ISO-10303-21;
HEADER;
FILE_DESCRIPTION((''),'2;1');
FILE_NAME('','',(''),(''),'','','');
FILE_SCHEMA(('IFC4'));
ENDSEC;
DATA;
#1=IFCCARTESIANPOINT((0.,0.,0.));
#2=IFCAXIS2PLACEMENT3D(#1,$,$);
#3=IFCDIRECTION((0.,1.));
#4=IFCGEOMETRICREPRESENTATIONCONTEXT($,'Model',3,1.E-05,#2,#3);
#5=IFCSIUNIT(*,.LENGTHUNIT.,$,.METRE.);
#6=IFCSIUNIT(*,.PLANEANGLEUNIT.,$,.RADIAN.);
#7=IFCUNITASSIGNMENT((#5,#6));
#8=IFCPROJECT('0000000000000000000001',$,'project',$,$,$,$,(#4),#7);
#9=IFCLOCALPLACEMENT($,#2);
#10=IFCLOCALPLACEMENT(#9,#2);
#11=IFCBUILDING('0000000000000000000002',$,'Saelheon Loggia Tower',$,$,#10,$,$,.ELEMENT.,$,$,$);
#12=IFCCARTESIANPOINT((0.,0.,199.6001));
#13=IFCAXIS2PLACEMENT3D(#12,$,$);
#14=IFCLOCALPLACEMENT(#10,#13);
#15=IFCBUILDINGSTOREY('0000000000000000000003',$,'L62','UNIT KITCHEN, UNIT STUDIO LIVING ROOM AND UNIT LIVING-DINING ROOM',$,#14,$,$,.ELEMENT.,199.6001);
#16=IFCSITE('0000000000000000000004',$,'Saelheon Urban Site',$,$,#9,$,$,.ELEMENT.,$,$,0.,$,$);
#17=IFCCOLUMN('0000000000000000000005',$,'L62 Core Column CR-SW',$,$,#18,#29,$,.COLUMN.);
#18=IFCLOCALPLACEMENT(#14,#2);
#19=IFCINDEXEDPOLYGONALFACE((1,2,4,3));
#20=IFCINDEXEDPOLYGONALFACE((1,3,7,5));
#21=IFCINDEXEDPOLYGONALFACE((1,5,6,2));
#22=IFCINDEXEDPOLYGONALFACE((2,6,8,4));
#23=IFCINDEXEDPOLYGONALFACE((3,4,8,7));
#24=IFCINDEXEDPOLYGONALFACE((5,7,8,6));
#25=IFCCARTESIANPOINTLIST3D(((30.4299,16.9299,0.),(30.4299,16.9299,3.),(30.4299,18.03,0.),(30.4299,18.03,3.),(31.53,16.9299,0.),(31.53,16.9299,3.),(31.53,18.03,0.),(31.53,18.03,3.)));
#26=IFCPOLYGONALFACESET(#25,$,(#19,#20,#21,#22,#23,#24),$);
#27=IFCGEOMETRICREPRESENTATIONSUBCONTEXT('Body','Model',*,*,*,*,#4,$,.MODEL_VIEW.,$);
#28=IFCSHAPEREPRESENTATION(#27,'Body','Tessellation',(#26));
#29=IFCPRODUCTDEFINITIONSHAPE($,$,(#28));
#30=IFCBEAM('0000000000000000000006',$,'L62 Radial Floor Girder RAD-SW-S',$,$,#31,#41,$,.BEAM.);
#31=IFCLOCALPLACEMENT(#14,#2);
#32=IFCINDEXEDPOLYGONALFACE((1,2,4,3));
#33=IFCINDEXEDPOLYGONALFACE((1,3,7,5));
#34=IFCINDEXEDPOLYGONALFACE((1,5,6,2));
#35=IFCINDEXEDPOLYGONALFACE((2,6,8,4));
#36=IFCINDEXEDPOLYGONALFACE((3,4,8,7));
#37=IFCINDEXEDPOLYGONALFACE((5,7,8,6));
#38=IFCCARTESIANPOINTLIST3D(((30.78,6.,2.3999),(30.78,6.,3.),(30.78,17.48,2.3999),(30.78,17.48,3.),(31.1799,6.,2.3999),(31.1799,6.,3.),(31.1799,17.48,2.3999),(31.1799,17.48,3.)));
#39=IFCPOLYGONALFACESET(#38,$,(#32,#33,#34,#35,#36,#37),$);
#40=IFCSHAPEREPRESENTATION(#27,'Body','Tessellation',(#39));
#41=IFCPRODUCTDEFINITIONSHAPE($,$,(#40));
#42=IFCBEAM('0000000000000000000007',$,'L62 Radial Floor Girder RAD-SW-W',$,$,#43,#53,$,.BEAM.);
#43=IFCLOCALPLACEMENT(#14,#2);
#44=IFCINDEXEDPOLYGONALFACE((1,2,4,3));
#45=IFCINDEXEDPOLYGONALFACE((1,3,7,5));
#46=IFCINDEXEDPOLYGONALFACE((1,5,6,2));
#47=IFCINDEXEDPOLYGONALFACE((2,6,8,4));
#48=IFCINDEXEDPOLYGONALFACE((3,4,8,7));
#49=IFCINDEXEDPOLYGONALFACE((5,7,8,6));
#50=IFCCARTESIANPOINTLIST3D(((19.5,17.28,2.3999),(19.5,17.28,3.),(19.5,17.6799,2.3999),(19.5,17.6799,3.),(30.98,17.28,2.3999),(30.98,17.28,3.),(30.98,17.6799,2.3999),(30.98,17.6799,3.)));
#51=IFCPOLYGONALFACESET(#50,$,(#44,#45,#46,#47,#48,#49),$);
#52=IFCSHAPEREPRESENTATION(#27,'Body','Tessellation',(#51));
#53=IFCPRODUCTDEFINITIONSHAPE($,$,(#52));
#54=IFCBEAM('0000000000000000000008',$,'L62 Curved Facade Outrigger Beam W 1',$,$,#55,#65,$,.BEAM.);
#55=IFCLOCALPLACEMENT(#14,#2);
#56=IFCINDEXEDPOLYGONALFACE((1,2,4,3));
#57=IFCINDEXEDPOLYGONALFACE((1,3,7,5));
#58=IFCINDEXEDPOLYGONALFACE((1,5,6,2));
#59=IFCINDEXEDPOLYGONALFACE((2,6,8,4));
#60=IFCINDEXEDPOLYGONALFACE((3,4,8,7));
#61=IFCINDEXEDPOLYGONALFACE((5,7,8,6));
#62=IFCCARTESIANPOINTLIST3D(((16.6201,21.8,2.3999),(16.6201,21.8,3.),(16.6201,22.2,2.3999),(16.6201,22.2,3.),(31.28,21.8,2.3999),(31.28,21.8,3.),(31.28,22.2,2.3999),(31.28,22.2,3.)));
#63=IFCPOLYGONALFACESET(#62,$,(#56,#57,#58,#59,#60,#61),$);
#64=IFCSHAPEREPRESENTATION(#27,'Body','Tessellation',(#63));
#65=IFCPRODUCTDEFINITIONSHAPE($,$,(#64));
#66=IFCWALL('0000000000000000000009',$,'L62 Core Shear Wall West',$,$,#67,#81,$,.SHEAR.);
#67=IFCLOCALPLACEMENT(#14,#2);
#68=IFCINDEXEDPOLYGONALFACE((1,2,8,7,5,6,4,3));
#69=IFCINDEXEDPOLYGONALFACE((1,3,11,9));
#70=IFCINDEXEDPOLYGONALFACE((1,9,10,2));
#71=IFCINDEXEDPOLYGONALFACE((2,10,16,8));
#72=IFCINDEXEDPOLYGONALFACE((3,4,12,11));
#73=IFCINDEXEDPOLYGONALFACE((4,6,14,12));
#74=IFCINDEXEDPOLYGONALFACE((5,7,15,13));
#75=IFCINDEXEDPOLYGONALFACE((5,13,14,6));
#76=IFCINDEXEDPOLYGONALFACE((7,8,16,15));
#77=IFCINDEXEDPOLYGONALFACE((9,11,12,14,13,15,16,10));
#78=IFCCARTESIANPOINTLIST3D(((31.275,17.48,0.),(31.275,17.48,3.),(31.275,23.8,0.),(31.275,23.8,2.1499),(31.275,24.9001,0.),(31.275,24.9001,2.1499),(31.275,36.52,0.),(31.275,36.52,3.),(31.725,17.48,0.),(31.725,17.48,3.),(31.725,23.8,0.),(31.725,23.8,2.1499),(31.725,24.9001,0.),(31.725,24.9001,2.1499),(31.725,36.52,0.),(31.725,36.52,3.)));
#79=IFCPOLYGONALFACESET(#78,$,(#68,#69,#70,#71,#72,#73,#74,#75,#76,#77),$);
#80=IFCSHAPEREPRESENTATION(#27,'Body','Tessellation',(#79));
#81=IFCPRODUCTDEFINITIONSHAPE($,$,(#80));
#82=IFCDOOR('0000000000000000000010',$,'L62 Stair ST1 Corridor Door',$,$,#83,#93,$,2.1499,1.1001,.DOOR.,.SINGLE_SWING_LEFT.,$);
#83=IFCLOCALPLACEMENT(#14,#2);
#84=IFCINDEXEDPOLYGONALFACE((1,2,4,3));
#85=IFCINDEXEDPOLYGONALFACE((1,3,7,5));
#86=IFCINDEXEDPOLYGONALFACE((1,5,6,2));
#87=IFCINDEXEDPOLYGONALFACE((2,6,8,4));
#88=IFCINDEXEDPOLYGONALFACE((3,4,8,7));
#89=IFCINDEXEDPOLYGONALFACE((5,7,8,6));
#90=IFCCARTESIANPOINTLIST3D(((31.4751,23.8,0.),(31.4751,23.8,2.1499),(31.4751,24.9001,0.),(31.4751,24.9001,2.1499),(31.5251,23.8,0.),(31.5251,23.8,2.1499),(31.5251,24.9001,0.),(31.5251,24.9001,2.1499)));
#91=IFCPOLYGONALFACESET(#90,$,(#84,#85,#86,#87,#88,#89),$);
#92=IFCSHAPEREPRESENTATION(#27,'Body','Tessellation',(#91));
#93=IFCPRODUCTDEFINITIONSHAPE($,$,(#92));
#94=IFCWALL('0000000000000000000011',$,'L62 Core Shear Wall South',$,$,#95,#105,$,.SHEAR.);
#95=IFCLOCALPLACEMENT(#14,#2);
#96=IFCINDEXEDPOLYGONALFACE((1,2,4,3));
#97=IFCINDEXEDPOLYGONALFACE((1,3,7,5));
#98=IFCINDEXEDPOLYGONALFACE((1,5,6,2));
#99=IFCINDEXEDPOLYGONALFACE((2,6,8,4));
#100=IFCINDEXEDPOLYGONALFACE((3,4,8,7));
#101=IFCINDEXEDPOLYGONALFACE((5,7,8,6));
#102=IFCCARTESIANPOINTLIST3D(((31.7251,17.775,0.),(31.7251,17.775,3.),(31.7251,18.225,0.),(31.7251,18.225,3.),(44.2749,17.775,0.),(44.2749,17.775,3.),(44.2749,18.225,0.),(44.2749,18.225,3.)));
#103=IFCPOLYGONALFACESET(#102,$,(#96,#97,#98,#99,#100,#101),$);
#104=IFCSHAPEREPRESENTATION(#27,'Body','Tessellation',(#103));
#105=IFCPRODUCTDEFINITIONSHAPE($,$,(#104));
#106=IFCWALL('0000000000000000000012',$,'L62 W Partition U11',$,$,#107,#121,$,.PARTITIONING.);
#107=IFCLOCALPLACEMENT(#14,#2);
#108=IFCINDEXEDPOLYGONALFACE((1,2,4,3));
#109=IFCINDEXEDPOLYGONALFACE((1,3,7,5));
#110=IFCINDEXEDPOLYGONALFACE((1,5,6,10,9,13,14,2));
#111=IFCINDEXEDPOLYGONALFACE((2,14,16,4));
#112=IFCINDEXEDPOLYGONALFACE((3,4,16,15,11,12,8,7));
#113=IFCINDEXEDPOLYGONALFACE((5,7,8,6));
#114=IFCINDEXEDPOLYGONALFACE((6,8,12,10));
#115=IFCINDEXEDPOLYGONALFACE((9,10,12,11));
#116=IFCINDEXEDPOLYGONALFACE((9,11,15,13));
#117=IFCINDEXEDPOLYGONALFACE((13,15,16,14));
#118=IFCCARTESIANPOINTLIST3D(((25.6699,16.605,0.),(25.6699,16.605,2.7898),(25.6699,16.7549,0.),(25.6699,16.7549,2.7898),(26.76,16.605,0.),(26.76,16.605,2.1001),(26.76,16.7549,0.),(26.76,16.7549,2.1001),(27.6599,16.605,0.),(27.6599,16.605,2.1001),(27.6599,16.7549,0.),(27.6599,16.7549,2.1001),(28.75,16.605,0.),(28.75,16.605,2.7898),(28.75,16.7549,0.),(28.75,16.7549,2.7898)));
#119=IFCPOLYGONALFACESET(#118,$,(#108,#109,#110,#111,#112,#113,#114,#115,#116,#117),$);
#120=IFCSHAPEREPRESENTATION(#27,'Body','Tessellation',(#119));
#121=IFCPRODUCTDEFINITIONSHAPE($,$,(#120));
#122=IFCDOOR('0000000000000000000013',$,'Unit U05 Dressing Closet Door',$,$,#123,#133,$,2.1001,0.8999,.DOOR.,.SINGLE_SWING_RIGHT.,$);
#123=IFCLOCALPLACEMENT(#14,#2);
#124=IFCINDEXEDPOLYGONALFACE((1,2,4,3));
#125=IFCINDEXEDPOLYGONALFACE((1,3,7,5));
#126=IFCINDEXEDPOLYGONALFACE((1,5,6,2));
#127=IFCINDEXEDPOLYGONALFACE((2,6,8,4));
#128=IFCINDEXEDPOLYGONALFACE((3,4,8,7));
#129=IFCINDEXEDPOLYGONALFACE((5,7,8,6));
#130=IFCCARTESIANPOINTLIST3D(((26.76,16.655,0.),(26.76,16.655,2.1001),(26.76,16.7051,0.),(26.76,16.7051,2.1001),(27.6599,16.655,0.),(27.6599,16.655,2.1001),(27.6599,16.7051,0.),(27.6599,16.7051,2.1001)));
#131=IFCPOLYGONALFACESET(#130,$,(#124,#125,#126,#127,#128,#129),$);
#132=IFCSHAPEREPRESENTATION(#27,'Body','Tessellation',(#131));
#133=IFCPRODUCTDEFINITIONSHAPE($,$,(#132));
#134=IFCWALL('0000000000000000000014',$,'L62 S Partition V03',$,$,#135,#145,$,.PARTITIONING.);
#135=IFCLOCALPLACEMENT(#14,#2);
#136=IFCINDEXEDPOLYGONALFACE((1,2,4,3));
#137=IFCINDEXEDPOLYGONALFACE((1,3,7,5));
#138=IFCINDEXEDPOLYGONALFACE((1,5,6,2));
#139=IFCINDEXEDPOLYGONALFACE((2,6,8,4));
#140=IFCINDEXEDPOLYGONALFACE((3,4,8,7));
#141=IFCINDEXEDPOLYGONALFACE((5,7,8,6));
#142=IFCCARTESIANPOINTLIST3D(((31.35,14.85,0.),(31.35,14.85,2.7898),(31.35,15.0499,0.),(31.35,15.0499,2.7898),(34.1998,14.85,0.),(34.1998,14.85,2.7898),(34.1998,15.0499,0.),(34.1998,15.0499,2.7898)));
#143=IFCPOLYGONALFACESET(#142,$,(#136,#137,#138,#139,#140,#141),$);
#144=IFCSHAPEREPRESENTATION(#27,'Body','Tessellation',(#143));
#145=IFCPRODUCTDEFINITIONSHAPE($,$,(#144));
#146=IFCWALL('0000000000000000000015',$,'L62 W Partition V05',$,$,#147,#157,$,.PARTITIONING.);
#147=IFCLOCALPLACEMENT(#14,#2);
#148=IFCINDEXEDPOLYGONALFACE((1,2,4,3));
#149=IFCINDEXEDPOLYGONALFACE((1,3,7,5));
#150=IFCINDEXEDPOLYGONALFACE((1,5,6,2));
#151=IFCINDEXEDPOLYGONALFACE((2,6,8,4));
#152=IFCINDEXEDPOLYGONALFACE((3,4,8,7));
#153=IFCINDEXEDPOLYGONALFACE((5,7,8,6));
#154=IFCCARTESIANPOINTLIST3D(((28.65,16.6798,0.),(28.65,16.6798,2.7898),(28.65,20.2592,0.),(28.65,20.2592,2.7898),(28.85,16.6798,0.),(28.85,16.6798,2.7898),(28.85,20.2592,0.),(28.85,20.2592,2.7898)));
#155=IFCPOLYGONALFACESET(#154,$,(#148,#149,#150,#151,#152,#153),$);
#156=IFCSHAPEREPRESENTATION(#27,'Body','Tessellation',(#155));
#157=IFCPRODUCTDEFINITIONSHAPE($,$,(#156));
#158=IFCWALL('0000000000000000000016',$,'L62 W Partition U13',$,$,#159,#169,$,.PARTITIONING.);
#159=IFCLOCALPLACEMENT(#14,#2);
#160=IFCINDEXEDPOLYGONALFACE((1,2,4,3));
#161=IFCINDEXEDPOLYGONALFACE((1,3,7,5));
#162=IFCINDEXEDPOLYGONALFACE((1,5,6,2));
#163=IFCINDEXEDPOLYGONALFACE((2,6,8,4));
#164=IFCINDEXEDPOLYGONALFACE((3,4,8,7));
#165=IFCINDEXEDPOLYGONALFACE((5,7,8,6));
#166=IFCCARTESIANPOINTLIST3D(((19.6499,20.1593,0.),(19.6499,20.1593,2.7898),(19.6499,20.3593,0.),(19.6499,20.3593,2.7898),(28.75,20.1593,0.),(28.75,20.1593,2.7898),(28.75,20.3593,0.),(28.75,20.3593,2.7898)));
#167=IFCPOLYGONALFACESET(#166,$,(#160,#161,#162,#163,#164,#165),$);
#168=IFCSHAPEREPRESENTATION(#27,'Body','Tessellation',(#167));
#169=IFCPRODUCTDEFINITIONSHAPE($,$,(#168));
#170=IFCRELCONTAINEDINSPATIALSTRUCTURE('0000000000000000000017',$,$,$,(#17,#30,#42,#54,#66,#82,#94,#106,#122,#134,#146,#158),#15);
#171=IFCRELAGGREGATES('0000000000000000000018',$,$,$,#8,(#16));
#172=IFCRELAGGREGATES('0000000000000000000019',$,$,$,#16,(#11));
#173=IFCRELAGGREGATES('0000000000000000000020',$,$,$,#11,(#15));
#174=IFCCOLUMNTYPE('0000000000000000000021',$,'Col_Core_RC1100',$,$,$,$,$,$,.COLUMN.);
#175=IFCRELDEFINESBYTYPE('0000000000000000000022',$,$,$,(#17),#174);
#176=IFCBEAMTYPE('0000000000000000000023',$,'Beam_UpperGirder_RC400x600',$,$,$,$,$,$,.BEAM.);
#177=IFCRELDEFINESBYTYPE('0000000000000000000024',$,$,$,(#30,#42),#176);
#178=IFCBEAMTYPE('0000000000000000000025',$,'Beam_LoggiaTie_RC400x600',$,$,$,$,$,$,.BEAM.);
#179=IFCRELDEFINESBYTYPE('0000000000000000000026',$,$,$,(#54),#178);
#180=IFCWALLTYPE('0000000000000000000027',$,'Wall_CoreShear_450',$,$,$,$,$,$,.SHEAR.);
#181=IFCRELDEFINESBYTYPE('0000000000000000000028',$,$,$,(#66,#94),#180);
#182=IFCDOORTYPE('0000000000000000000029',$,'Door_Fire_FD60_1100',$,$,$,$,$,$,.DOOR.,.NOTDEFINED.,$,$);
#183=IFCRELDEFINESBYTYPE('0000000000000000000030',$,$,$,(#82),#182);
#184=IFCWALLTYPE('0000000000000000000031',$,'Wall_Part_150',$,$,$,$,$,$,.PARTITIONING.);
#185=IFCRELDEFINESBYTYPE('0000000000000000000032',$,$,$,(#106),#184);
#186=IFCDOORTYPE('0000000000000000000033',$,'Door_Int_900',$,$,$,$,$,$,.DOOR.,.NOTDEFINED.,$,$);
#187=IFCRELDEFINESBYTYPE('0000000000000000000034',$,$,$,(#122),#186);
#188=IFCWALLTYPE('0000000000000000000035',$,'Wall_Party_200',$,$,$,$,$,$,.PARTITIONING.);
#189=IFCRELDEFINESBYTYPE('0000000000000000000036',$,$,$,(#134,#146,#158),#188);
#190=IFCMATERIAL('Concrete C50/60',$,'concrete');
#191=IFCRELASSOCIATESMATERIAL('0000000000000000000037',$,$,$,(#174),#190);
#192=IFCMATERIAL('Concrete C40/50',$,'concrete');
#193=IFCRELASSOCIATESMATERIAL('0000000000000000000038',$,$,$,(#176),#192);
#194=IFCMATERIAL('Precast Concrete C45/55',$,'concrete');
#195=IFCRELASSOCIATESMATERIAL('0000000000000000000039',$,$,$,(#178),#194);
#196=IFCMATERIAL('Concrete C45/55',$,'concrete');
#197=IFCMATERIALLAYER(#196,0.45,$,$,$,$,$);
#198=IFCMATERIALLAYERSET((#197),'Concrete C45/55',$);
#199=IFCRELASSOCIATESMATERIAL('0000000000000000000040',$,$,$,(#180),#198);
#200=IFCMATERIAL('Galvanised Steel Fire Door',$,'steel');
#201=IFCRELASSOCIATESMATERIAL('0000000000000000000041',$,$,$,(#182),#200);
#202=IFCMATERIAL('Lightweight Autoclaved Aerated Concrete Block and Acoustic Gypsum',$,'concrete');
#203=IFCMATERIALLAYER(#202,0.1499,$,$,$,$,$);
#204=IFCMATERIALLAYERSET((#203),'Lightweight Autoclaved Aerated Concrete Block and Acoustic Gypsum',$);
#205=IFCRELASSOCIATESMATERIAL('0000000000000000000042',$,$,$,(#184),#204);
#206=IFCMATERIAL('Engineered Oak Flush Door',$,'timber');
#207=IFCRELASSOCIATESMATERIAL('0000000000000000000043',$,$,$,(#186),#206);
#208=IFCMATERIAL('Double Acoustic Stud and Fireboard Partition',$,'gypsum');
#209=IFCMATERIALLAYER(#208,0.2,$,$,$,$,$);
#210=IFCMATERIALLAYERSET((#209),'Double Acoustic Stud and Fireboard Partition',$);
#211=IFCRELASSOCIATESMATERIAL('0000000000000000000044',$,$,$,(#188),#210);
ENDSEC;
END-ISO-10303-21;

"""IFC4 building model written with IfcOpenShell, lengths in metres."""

from ifc_helpers import new_model, si_unit, direction, frame, frame_2d, origin, origin_2d, place, context, subcontext, project, spatial, rectangle, extrude, source, transform, mapped, material, layer, layer_set, material_profile, profile_set, type_object, element, fill, save


model = new_model("IFC4")

# Units and contexts
model_context = context("Model", 3, precision=1e-05, world=origin(), true_north=direction((0.0, 1.0)))
body_context = subcontext(model_context, "Body", "Model", "MODEL_VIEW")
ifc_project = project(units=[si_unit("LENGTHUNIT", "METRE"), si_unit("PLANEANGLEUNIT", "RADIAN")], contexts=[model_context])

# Site, building, storey
site_placement = place(None, origin())
site = spatial("IfcSite", under=ifc_project, at=site_placement, Name="Saelheon Urban Site", CompositionType="ELEMENT", RefElevation=0.0)
building_placement = place(site_placement, origin())
building = spatial("IfcBuilding", under=site, at=building_placement, Name="Saelheon Loggia Tower", CompositionType="ELEMENT")
storey_placement = place(building_placement, frame((0.0, 0.0, 199.6001)))
storey = spatial("IfcBuildingStorey", under=building, at=storey_placement, Name="L62", Description="UNIT KITCHEN, UNIT STUDIO LIVING ROOM AND UNIT LIVING-DINING ROOM", CompositionType="ELEMENT", Elevation=199.6001)

# Column
ifc_material_1 = material(Name="Concrete C50/60", Category="concrete")
ifc_material_profile_1 = material_profile(ifc_material_1, rectangle(XDim=1.1001, YDim=1.1001, at=origin_2d()), Name="RC-1100x1100")
ifc_profile_set_1 = profile_set([ifc_material_profile_1], Name="Concrete C50/60")
column_type = type_object("IfcColumnType", Name="Col_Core_RC1100", PredefinedType="COLUMN", material=ifc_profile_set_1)
shared_shape_1 = source(origin(), body_context, "Body", "SweptSolid", [
    extrude(rectangle(XDim=1.1001, YDim=1.1001, at=origin_2d()), origin(), (0.0, 0.0, 1.0), 3.0),
])
column_placement = place(storey_placement, frame((30.98, 17.48, 0.0), z_axis=(0.0, 0.0, 1.0), x_axis=(1.0, 0.0, 0.0)))
element("IfcColumn", 1, at=column_placement, inside=storey, type_object=column_type, Name="L62 Core Column CR-SW", PredefinedType="COLUMN", context=body_context, shape_type="MappedRepresentation", body=[
    mapped(shared_shape_1, transform((0.0, 0.0, 0.0), scale=1.0)),
])

# Beams
ifc_material_2 = material(Name="Concrete C40/50", Category="concrete")
ifc_material_profile_2 = material_profile(ifc_material_2, rectangle(XDim=0.3999, YDim=0.6001, at=origin_2d()), Name="RC-400x600")
ifc_profile_set_2 = profile_set([ifc_material_profile_2], Name="Concrete C40/50")
beam_type_1 = type_object("IfcBeamType", Name="Beam_UpperGirder_RC400x600", PredefinedType="BEAM", material=ifc_profile_set_2)
shared_shape_2 = source(origin(), body_context, "Body", "SweptSolid", [
    extrude(rectangle(XDim=0.3999, YDim=0.6001, at=origin_2d()), origin(), (0.0, 0.0, 1.0), 11.48),
])
for number, where, z_axis, x_axis, name in (
    (2, (30.98, 17.48, 2.7), (0.0, -1.0, 0.0), (1.0, 0.0, 0.0), "L62 Radial Floor Girder RAD-SW-S"),
    (3, (30.98, 17.48, 2.7), (-1.0, 0.0, 0.0), (0.0, -1.0, 0.0), "L62 Radial Floor Girder RAD-SW-W"),
):
    element("IfcBeam", number, at=place(storey_placement, frame(where, z_axis=z_axis, x_axis=x_axis)), inside=storey, type_object=beam_type_1, Name=name, PredefinedType="BEAM", context=body_context, shape_type="MappedRepresentation", body=[
        mapped(shared_shape_2, transform((0.0, 0.0, 0.0), scale=1.0)),
    ])
ifc_material_3 = material(Name="Precast Concrete C45/55", Category="concrete")
ifc_material_profile_3 = material_profile(ifc_material_3, rectangle(XDim=0.3999, YDim=0.6001, at=origin_2d()), Name="RC-400x600")
ifc_profile_set_3 = profile_set([ifc_material_profile_3], Name="Precast Concrete C45/55")
beam_type_2 = type_object("IfcBeamType", Name="Beam_LoggiaTie_RC400x600", PredefinedType="BEAM", material=ifc_profile_set_3)
shared_shape_3 = source(origin(), body_context, "Body", "SweptSolid", [
    extrude(rectangle(XDim=0.3999, YDim=0.6001, at=origin_2d()), origin(), (0.0, 0.0, 1.0), 14.6599),
])
beam_placement = place(storey_placement, frame((31.28, 22.0, 2.7), z_axis=(-1.0, 0.0, 0.0), x_axis=(0.0, -1.0, 0.0)))
element("IfcBeam", 4, at=beam_placement, inside=storey, type_object=beam_type_2, Name="L62 Curved Facade Outrigger Beam W 1", PredefinedType="BEAM", context=body_context, shape_type="MappedRepresentation", body=[
    mapped(shared_shape_3, transform((0.0, 0.0, 0.0), scale=1.0)),
])

# Wall, opening, door
ifc_material_4 = material(Name="Concrete C45/55", Category="concrete")
ifc_layer_1 = layer(ifc_material_4, 0.45)
ifc_layer_set_1 = layer_set([ifc_layer_1], Name="Concrete C45/55")
wall_type_1 = type_object("IfcWallType", Name="Wall_CoreShear_450", PredefinedType="SHEAR", material=ifc_layer_set_1)
wall_1_placement = place(storey_placement, frame((31.5, 17.48, 0.0), z_axis=(0.0, 0.0, 1.0), x_axis=(0.0, 1.0, 0.0)))
wall_1 = element("IfcWall", 5, at=wall_1_placement, inside=storey, type_object=wall_type_1, Name="L62 Core Shear Wall West", PredefinedType="SHEAR", context=body_context, shape_type="SweptSolid", body=[
    extrude(rectangle(XDim=19.04, YDim=0.45, at=frame_2d((9.52, 0.0))), origin(), (0.0, 0.0, 1.0), 3.0),
])
opening_1_placement = place(wall_1_placement, frame((6.3201, 0.0, 0.0)))
opening_1 = element("IfcOpeningElement", 6, at=opening_1_placement, cuts=wall_1, PredefinedType="OPENING", context=body_context, shape_type="SweptSolid", body=[
    extrude(rectangle(XDim=1.1001, YDim=2.1499, at=frame_2d((0.55, 1.075))), frame((0.0, 0.2371, 0.0), z_axis=(0.0, -1.0, 0.0), x_axis=(1.0, 0.0, 0.0)), (0.0, 0.0, 1.0), 0.4739),
])
ifc_material_5 = material(Name="Galvanised Steel Fire Door", Category="steel")
door_type_1 = type_object("IfcDoorType", Name="Door_Fire_FD60_1100", OperationType="NOTDEFINED", PredefinedType="DOOR", material=ifc_material_5)
shared_shape_4 = source(origin(), body_context, "Body", "SweptSolid", [
    extrude(rectangle(XDim=1.1001, YDim=2.1499, at=frame_2d((0.55, 1.075))), frame((0.0, 0.0249, 0.0), z_axis=(0.0, -1.0, 0.0), x_axis=(1.0, 0.0, 0.0)), (0.0, 0.0, 1.0), 0.05),
])
door_1_placement = place(opening_1_placement, origin())
door_1 = element("IfcDoor", 7, at=door_1_placement, inside=storey, type_object=door_type_1, Name="L62 Stair ST1 Corridor Door", OperationType="SINGLE_SWING_LEFT", OverallHeight=2.1499, OverallWidth=1.1001, PredefinedType="DOOR", context=body_context, shape_type="MappedRepresentation", body=[
    mapped(shared_shape_4, transform((0.0, 0.0, 0.0), scale=1.0)),
])
fill(opening_1, door_1)

# Wall
wall_2_placement = place(storey_placement, frame((31.7251, 18.0, 0.0), z_axis=(0.0, 0.0, 1.0), x_axis=(1.0, 0.0, 0.0)))
element("IfcWall", 8, at=wall_2_placement, inside=storey, type_object=wall_type_1, Name="L62 Core Shear Wall South", PredefinedType="SHEAR", context=body_context, shape_type="SweptSolid", body=[
    extrude(rectangle(XDim=12.5498, YDim=0.45, at=frame_2d((6.2749, 0.0))), origin(), (0.0, 0.0, 1.0), 3.0),
])

# Wall, opening, door
ifc_material_6 = material(Name="Lightweight Autoclaved Aerated Concrete Block and Acoustic Gypsum", Category="concrete")
ifc_layer_2 = layer(ifc_material_6, 0.1499)
ifc_layer_set_2 = layer_set([ifc_layer_2], Name="Lightweight Autoclaved Aerated Concrete Block and Acoustic Gypsum")
wall_type_2 = type_object("IfcWallType", Name="Wall_Part_150", PredefinedType="PARTITIONING", material=ifc_layer_set_2)
wall_3_placement = place(storey_placement, frame((28.75, 16.6799, 0.0), z_axis=(0.0, 0.0, 1.0), x_axis=(-1.0, 0.0, 0.0)))
wall_3 = element("IfcWall", 9, at=wall_3_placement, inside=storey, type_object=wall_type_2, Name="L62 W Partition U11", PredefinedType="PARTITIONING", context=body_context, shape_type="SweptSolid", body=[
    extrude(rectangle(XDim=3.0801, YDim=0.1499, at=frame_2d((1.54, 0.0))), origin(), (0.0, 0.0, 1.0), 2.7898),
])
opening_2_placement = place(wall_3_placement, frame((1.0901, 0.0, 0.0)))
opening_2 = element("IfcOpeningElement", 10, at=opening_2_placement, cuts=wall_3, PredefinedType="OPENING", context=body_context, shape_type="SweptSolid", body=[
    extrude(rectangle(XDim=0.8999, YDim=2.1001, at=frame_2d((0.45, 1.05))), frame((0.0, 0.0869, 0.0), z_axis=(0.0, -1.0, 0.0), x_axis=(1.0, 0.0, 0.0)), (0.0, 0.0, 1.0), 0.1738),
])
ifc_material_7 = material(Name="Engineered Oak Flush Door", Category="timber")
door_type_2 = type_object("IfcDoorType", Name="Door_Int_900", OperationType="NOTDEFINED", PredefinedType="DOOR", material=ifc_material_7)
shared_shape_5 = source(origin(), body_context, "Body", "SweptSolid", [
    extrude(rectangle(XDim=0.8999, YDim=2.1001, at=frame_2d((0.45, 1.05))), frame((0.0, 0.0249, 0.0), z_axis=(0.0, -1.0, 0.0), x_axis=(1.0, 0.0, 0.0)), (0.0, 0.0, 1.0), 0.05),
])
door_2_placement = place(opening_2_placement, origin())
door_2 = element("IfcDoor", 11, at=door_2_placement, inside=storey, type_object=door_type_2, Name="Unit U05 Dressing Closet Door", OperationType="SINGLE_SWING_RIGHT", OverallHeight=2.1001, OverallWidth=0.8999, PredefinedType="DOOR", context=body_context, shape_type="MappedRepresentation", body=[
    mapped(shared_shape_5, transform((0.0, 0.0, 0.0), scale=1.0)),
])
fill(opening_2, door_2)

# Wall
ifc_material_8 = material(Name="Double Acoustic Stud and Fireboard Partition", Category="gypsum")
ifc_layer_3 = layer(ifc_material_8, 0.2)
ifc_layer_set_3 = layer_set([ifc_layer_3], Name="Double Acoustic Stud and Fireboard Partition")
wall_type_3 = type_object("IfcWallType", Name="Wall_Party_200", PredefinedType="PARTITIONING", material=ifc_layer_set_3)
wall_4_placement = place(storey_placement, frame((31.3501, 14.95, 0.0), z_axis=(0.0, 0.0, 1.0), x_axis=(1.0, 0.0, 0.0)))
element("IfcWall", 12, at=wall_4_placement, inside=storey, type_object=wall_type_3, Name="L62 S Partition V03", PredefinedType="PARTITIONING", context=body_context, shape_type="SweptSolid", body=[
    extrude(rectangle(XDim=2.8499, YDim=0.2, at=frame_2d((1.4248, 0.0))), origin(), (0.0, 0.0, 1.0), 2.7898),
])

# Walls
wall_5_placement = place(storey_placement, frame((28.75, 16.6799, 0.0), z_axis=(0.0, 0.0, 1.0), x_axis=(0.0, 1.0, 0.0)))
element("IfcWall", 13, at=wall_5_placement, inside=storey, type_object=wall_type_3, Name="L62 W Partition V05", PredefinedType="PARTITIONING", context=body_context, shape_type="SweptSolid", body=[
    extrude(rectangle(XDim=3.5793, YDim=0.2, at=frame_2d((1.7896, 0.0))), origin(), (0.0, 0.0, 1.0), 2.7898),
])
wall_6_placement = place(storey_placement, frame((28.75, 20.2593, 0.0), z_axis=(0.0, 0.0, 1.0), x_axis=(-1.0, 0.0, 0.0)))
element("IfcWall", 14, at=wall_6_placement, inside=storey, type_object=wall_type_3, Name="L62 W Partition U13", PredefinedType="PARTITIONING", context=body_context, shape_type="SweptSolid", body=[
    extrude(rectangle(XDim=9.1001, YDim=0.2, at=frame_2d((4.55, 0.0))), origin(), (0.0, 0.0, 1.0), 2.7898),
])

save(model, "model.ifc")
